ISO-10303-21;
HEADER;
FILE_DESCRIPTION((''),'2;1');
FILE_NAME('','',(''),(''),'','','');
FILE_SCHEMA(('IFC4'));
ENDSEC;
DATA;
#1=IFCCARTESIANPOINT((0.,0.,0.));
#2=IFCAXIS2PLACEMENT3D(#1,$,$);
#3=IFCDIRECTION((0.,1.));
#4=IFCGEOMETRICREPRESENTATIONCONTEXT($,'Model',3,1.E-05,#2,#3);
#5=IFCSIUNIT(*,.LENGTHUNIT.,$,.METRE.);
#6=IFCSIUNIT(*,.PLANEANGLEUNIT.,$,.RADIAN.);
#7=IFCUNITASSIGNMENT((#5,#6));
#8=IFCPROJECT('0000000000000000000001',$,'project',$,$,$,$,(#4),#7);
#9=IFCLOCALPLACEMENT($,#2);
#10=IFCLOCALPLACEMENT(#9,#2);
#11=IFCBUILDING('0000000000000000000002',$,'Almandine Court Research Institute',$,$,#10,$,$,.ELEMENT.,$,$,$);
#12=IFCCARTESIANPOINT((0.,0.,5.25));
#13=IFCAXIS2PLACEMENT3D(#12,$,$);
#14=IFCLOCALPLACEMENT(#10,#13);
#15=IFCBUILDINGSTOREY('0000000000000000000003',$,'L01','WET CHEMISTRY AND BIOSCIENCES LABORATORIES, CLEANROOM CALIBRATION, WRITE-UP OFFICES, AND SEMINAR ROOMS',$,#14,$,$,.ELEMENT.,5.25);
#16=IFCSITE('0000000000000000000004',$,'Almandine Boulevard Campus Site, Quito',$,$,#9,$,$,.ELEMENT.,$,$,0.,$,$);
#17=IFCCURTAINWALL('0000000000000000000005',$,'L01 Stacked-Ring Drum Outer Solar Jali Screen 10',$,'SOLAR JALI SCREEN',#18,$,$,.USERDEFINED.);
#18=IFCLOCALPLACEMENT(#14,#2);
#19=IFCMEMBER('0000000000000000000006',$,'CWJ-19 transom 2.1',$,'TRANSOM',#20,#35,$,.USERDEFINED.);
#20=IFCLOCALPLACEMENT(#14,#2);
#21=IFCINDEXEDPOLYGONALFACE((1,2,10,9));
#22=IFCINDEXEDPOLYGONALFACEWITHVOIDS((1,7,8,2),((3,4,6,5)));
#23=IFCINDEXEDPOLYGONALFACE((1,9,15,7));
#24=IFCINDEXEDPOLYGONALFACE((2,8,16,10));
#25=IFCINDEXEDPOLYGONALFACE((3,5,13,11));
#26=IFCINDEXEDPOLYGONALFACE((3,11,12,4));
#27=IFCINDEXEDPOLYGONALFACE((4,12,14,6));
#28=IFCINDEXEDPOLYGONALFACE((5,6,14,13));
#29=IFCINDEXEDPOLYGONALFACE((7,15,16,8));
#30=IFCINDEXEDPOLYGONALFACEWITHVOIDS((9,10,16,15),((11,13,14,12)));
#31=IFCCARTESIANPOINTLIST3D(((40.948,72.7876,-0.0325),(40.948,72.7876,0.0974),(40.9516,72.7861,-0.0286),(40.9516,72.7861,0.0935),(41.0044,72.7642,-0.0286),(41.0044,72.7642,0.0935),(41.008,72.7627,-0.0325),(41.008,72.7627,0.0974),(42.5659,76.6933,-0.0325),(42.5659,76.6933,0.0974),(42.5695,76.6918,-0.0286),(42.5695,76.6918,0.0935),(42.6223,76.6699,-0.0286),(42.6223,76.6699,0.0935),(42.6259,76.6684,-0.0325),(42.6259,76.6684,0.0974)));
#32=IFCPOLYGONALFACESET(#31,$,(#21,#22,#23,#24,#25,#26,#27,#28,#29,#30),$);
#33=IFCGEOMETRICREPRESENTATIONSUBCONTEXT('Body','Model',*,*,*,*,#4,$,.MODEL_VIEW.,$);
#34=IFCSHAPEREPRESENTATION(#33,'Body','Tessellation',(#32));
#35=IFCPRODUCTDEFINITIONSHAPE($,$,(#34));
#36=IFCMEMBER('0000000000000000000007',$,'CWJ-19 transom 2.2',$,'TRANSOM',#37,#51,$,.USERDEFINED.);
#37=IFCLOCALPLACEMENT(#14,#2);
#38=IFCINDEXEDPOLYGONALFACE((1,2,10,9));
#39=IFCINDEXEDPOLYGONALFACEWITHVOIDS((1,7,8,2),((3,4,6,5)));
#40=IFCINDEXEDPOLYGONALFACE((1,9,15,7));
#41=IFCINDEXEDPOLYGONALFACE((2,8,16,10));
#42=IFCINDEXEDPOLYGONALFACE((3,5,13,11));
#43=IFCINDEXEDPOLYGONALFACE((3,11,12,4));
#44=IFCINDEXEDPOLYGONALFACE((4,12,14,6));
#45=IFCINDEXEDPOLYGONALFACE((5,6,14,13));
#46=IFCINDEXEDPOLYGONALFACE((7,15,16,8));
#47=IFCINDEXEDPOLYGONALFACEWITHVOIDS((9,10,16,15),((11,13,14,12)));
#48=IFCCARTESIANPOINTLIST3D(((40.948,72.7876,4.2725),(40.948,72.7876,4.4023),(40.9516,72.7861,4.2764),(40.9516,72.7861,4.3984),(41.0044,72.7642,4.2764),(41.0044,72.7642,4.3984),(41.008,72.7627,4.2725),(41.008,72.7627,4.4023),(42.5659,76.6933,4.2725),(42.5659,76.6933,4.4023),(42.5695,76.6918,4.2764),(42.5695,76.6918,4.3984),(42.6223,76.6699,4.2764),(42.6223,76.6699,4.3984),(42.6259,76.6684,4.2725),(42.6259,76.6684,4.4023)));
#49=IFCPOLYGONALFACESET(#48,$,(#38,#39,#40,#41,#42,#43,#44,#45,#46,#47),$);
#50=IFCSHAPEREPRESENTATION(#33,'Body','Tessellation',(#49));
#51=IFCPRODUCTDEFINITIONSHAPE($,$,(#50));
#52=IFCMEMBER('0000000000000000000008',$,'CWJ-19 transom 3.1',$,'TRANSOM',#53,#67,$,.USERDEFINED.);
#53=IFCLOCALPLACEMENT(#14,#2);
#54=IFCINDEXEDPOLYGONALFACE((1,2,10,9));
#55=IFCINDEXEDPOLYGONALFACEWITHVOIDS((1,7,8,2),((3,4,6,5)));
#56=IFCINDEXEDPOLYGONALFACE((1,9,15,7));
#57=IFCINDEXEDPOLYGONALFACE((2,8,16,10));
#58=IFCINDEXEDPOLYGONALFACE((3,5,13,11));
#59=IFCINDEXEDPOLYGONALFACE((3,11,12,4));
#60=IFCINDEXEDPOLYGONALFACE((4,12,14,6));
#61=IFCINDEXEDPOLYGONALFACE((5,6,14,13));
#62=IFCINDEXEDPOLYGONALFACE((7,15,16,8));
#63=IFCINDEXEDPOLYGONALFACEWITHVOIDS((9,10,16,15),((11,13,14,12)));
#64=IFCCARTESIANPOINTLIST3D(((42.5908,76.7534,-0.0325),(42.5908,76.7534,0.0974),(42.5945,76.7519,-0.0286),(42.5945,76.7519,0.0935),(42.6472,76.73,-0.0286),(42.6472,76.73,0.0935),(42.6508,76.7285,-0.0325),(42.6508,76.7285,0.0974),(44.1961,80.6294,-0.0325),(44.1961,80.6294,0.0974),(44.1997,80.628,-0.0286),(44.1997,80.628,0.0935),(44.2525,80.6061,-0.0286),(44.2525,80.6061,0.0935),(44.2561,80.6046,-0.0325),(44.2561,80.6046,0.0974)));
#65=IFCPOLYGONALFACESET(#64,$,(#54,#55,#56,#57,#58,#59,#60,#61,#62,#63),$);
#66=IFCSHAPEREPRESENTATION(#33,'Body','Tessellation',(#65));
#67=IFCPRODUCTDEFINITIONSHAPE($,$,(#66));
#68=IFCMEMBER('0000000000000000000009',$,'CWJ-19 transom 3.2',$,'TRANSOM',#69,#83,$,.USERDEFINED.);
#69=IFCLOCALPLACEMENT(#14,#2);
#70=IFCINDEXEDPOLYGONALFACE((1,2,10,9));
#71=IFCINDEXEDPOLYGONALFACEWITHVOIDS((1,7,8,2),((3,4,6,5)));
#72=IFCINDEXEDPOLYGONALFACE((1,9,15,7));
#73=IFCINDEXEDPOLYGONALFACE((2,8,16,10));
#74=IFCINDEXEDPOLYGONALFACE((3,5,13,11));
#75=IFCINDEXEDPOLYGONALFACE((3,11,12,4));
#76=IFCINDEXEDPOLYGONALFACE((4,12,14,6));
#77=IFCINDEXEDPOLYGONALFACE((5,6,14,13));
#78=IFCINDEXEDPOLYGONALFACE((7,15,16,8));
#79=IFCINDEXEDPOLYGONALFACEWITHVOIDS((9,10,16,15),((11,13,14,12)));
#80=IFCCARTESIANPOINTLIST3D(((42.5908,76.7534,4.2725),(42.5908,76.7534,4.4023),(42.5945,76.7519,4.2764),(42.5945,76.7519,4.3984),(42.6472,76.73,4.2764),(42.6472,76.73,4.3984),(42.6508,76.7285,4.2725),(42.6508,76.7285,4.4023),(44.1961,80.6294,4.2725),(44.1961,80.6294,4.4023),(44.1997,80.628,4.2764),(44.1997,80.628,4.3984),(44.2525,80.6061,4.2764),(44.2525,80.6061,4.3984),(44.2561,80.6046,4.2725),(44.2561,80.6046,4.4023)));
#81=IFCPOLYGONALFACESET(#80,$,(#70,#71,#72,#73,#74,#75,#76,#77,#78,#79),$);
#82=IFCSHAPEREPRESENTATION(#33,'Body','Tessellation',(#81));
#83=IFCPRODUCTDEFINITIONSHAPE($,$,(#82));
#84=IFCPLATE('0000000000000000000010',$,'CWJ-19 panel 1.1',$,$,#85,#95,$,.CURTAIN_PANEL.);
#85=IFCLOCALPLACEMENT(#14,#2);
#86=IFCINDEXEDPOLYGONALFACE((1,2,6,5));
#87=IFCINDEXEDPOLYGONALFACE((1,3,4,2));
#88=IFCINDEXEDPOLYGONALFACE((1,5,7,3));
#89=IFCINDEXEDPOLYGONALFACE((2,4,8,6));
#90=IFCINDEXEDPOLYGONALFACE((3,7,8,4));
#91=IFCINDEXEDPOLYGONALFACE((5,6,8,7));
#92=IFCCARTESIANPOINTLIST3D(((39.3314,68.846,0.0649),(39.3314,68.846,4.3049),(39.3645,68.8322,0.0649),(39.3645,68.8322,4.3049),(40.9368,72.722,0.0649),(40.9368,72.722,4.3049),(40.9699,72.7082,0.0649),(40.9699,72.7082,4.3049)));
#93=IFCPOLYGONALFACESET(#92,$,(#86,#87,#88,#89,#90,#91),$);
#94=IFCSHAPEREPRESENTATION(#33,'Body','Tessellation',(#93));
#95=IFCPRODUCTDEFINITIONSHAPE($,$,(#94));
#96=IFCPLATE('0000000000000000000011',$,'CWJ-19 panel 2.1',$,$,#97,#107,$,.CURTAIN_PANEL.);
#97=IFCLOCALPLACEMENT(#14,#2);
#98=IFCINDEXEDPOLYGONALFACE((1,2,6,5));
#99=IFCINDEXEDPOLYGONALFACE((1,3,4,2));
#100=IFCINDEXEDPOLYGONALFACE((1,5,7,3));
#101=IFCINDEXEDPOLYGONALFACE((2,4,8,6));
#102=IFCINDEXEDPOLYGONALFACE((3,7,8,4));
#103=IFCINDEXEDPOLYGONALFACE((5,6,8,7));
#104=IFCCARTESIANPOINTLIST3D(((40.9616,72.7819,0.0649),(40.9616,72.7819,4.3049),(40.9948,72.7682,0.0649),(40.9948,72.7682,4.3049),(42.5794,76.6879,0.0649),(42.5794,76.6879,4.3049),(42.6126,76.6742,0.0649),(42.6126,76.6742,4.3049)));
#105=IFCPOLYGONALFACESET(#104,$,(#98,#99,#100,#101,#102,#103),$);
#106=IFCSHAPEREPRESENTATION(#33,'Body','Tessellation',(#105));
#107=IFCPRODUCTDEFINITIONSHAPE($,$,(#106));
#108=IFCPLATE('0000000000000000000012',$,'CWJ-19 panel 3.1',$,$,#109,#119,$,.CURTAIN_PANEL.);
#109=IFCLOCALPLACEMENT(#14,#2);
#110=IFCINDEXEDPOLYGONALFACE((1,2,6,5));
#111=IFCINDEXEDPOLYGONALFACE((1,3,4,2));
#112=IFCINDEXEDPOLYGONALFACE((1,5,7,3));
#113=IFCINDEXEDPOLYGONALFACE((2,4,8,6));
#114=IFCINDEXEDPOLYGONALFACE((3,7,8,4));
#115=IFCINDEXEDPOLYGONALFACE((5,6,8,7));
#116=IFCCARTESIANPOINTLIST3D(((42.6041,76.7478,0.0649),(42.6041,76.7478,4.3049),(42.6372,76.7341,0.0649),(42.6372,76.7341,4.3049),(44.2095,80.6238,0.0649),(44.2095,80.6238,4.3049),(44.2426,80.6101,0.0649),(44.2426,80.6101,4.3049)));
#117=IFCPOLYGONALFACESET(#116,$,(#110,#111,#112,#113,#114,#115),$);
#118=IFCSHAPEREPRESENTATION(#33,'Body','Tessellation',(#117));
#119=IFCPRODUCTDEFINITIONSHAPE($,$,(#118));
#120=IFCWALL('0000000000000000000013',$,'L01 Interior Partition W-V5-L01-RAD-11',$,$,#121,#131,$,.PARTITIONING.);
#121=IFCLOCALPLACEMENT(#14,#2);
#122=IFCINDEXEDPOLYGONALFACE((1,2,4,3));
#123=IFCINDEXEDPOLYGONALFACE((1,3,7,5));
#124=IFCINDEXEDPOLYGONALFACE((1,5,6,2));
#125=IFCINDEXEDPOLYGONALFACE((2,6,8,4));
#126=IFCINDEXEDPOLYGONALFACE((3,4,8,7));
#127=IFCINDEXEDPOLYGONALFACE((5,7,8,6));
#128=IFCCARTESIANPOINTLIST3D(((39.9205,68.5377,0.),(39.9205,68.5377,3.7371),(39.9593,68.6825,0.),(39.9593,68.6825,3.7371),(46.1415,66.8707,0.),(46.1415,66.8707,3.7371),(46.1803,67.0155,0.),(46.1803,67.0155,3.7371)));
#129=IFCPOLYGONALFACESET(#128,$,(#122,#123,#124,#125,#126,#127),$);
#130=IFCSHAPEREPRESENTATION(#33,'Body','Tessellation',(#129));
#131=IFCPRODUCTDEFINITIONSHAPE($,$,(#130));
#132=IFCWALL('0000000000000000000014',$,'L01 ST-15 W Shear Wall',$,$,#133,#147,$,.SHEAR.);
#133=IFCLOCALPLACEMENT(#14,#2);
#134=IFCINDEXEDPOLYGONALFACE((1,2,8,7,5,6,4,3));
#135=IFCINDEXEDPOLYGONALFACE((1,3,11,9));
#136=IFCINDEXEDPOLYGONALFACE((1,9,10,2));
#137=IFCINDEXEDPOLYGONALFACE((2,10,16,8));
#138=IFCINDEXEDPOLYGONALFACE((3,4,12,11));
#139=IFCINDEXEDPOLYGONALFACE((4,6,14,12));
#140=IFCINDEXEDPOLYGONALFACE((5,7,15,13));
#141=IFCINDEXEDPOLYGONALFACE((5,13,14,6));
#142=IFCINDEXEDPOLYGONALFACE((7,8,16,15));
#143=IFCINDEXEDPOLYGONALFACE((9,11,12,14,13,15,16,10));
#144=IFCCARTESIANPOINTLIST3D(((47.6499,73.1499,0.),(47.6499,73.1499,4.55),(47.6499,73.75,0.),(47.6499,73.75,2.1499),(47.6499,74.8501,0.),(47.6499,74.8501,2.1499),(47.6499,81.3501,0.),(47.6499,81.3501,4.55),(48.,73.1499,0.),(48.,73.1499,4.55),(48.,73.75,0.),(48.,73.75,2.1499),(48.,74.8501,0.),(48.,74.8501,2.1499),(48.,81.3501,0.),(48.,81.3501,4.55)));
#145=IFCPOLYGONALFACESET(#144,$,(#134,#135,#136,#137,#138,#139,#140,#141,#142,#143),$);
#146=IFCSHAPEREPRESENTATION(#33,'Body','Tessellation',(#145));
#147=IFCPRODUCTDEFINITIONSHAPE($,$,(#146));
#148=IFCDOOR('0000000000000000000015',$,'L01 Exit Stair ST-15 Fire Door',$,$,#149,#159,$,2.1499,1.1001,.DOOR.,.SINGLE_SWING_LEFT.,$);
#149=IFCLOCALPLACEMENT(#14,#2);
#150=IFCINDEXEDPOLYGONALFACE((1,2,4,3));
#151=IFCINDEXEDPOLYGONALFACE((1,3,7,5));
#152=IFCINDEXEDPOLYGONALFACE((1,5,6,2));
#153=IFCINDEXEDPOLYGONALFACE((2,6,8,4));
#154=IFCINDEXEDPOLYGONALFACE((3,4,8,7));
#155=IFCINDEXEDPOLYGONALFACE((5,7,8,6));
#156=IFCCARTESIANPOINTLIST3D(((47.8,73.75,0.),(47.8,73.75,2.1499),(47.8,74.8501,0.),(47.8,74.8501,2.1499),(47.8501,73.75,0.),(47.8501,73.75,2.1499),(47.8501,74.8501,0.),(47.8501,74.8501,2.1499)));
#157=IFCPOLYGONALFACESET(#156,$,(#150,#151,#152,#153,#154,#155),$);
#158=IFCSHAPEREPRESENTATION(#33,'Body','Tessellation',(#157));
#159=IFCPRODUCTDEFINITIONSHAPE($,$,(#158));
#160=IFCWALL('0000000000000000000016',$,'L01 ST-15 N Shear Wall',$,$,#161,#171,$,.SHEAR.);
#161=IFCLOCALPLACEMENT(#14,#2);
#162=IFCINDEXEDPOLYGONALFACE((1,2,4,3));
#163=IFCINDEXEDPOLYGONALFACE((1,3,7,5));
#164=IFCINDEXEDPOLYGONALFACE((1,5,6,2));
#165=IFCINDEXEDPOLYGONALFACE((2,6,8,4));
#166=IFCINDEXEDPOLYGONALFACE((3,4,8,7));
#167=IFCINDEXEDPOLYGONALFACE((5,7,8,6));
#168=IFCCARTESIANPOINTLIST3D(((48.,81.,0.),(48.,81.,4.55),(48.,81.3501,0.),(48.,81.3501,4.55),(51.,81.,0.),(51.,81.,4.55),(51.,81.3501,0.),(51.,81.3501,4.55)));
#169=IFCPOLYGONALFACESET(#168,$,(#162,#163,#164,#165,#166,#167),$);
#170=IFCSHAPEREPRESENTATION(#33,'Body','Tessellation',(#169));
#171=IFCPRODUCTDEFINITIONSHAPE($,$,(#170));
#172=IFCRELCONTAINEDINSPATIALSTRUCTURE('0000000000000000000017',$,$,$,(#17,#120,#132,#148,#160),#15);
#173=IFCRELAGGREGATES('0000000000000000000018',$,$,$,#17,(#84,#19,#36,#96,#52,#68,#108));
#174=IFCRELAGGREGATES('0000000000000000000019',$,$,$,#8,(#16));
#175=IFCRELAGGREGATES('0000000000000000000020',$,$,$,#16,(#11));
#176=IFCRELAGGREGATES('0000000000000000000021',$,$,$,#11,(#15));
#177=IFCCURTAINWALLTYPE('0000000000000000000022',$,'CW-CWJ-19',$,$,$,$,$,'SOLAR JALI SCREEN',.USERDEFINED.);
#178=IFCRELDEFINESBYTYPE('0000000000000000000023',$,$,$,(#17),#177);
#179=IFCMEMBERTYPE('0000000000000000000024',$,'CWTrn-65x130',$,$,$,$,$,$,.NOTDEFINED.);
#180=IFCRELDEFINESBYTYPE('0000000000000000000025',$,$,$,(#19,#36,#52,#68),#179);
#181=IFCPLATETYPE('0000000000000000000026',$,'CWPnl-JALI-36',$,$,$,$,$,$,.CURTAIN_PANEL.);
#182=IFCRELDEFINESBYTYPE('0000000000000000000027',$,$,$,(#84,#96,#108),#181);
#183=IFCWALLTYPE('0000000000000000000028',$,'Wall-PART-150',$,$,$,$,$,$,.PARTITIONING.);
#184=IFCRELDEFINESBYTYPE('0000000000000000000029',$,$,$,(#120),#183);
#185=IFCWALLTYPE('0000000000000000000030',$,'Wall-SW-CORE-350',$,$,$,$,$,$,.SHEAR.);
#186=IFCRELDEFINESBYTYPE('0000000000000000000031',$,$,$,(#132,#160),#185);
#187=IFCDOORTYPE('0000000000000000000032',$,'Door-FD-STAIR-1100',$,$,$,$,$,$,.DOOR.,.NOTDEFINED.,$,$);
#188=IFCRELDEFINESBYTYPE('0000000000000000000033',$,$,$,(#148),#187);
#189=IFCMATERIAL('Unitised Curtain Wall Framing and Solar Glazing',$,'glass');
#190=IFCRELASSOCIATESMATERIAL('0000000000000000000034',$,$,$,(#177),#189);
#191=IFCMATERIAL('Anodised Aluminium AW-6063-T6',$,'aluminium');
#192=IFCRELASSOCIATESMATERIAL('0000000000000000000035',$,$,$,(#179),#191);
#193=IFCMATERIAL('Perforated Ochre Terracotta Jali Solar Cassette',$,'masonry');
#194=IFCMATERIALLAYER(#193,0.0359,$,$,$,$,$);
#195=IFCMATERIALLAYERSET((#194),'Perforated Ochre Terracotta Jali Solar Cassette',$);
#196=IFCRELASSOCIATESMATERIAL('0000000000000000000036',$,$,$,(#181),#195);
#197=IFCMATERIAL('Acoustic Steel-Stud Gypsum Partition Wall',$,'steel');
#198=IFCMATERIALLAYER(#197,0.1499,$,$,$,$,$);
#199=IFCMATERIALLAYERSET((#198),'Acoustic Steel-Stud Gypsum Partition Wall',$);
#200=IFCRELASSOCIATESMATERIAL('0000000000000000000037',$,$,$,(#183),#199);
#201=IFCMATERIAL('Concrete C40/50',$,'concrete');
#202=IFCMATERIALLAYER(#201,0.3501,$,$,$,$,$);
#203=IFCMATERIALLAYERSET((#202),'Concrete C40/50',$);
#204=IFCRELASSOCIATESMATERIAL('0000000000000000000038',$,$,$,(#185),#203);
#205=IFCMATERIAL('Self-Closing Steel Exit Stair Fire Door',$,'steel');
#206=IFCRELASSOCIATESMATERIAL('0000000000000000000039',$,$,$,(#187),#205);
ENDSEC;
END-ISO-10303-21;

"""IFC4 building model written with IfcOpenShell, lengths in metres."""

from ifc_helpers import new_model, si_unit, direction, frame, frame_2d, origin, origin_2d, place, context, subcontext, project, spatial, rectangle, hollow_rectangle, extrude, material, layer, layer_set, material_profile, profile_set, type_object, element, fill, aggregate, save


model = new_model("IFC4")

# Units and contexts
model_context = context("Model", 3, precision=1e-05, world=origin(), true_north=direction((0.0, 1.0)))
body_context = subcontext(model_context, "Body", "Model", "MODEL_VIEW")
ifc_project = project(units=[si_unit("LENGTHUNIT", "METRE"), si_unit("PLANEANGLEUNIT", "RADIAN")], contexts=[model_context])

# Site, building, storey
site_placement = place(None, origin())
site = spatial("IfcSite", under=ifc_project, at=site_placement, Name="Almandine Boulevard Campus Site, Quito", CompositionType="ELEMENT", RefElevation=0.0)
building_placement = place(site_placement, origin())
building = spatial("IfcBuilding", under=site, at=building_placement, Name="Almandine Court Research Institute", CompositionType="ELEMENT")
storey_placement = place(building_placement, frame((0.0, 0.0, 5.25)))
storey = spatial("IfcBuildingStorey", under=building, at=storey_placement, Name="L01", Description="WET CHEMISTRY AND BIOSCIENCES LABORATORIES, CLEANROOM CALIBRATION, WRITE-UP OFFICES, AND SEMINAR ROOMS", CompositionType="ELEMENT", Elevation=5.25)

# Shared definitions
ifc_material_1 = material(Name="Unitised Curtain Wall Framing and Solar Glazing", Category="glass")
curtain_wall_type = type_object("IfcCurtainWallType", Name="CW-CWJ-19", ElementType="SOLAR JALI SCREEN", PredefinedType="USERDEFINED", material=ifc_material_1)
ifc_material_2 = material(Name="Anodised Aluminium AW-6063-T6", Category="aluminium")

# Curtain wall
curtain_wall_1_placement = place(storey_placement, origin())
curtain_wall_1 = element("IfcCurtainWall", 1, at=curtain_wall_1_placement, inside=storey, type_object=curtain_wall_type, Name="L01 Stacked-Ring Drum Outer Solar Jali Screen 10", ObjectType="SOLAR JALI SCREEN", PredefinedType="USERDEFINED")

# Members
ifc_material_profile_1 = material_profile(ifc_material_2, hollow_rectangle(XDim=0.0649, YDim=0.1299, WallThickness=0.0039, at=origin_2d()), Name="ALU RHS 65x130x4")
ifc_profile_set_1 = profile_set([ifc_material_profile_1], Name="Anodised Aluminium AW-6063-T6")
member_type_1 = type_object("IfcMemberType", Name="CWTrn-65x130", PredefinedType="NOTDEFINED", material=ifc_profile_set_1)
member_1_placement = place(storey_placement, frame((40.978, 72.7751, 0.0325), z_axis=(0.382704, 0.923871, 0.0), x_axis=(-0.923871, 0.382704, 0.0)))
member_1 = element("IfcMember", 2, at=member_1_placement, type_object=member_type_1, Name="CWJ-19 transom 2.1", ObjectType="TRANSOM", PredefinedType="USERDEFINED", context=body_context, shape_type="SweptSolid", body=[
    extrude(hollow_rectangle(XDim=0.0649, YDim=0.1299, WallThickness=0.0039, at=origin_2d()), origin(), (0.0, 0.0, 1.0), 4.2275),
])
member_2_placement = place(storey_placement, frame((40.978, 72.7751, 4.3374), z_axis=(0.382704, 0.923871, 0.0), x_axis=(-0.923871, 0.382704, 0.0)))
member_2 = element("IfcMember", 3, at=member_2_placement, type_object=member_type_1, Name="CWJ-19 transom 2.2", ObjectType="TRANSOM", PredefinedType="USERDEFINED", context=body_context, shape_type="SweptSolid", body=[
    extrude(hollow_rectangle(XDim=0.0649, YDim=0.1299, WallThickness=0.0039, at=origin_2d()), origin(), (0.0, 0.0, 1.0), 4.2275),
])
member_3_placement = place(storey_placement, frame((42.6208, 76.741, 0.0325), z_axis=(0.382631, 0.923901, 0.0), x_axis=(-0.923901, 0.382631, 0.0)))
member_3 = element("IfcMember", 4, at=member_3_placement, type_object=member_type_1, Name="CWJ-19 transom 3.1", ObjectType="TRANSOM", PredefinedType="USERDEFINED", context=body_context, shape_type="SweptSolid", body=[
    extrude(hollow_rectangle(XDim=0.0649, YDim=0.1299, WallThickness=0.0039, at=origin_2d()), origin(), (0.0, 0.0, 1.0), 4.1953),
])
member_4_placement = place(storey_placement, frame((42.6208, 76.741, 4.3374), z_axis=(0.382631, 0.923901, 0.0), x_axis=(-0.923901, 0.382631, 0.0)))
member_4 = element("IfcMember", 5, at=member_4_placement, type_object=member_type_1, Name="CWJ-19 transom 3.2", ObjectType="TRANSOM", PredefinedType="USERDEFINED", context=body_context, shape_type="SweptSolid", body=[
    extrude(hollow_rectangle(XDim=0.0649, YDim=0.1299, WallThickness=0.0039, at=origin_2d()), origin(), (0.0, 0.0, 1.0), 4.1953),
])

# Plates
ifc_material_3 = material(Name="Perforated Ochre Terracotta Jali Solar Cassette", Category="masonry")
ifc_layer_1 = layer(ifc_material_3, 0.0359)
ifc_layer_set_1 = layer_set([ifc_layer_1], Name="Perforated Ochre Terracotta Jali Solar Cassette")
plate_type = type_object("IfcPlateType", Name="CWPnl-JALI-36", PredefinedType="CURTAIN_PANEL", material=ifc_layer_set_1)
plate_1_placement = place(storey_placement, frame((40.1506, 70.7771, 0.0649), z_axis=(0.0, 0.0, 1.0), x_axis=(0.382663, 0.923888, 0.0)))
plate_1 = element("IfcPlate", 6, at=plate_1_placement, type_object=plate_type, Name="CWJ-19 panel 1.1", PredefinedType="CURTAIN_PANEL", context=body_context, shape_type="SweptSolid", body=[
    extrude(rectangle(XDim=4.1953, YDim=0.0359, at=origin_2d()), origin(), (0.0, 0.0, 1.0), 4.24),
])
plate_2_placement = place(storey_placement, frame((41.7871, 74.728, 0.0649), z_axis=(0.0, 0.0, 1.0), x_axis=(0.382663, 0.923888, 0.0)))
plate_2 = element("IfcPlate", 7, at=plate_2_placement, type_object=plate_type, Name="CWJ-19 panel 2.1", PredefinedType="CURTAIN_PANEL", context=body_context, shape_type="SweptSolid", body=[
    extrude(rectangle(XDim=4.2278, YDim=0.0359, at=origin_2d()), origin(), (0.0, 0.0, 1.0), 4.24),
])
plate_3_placement = place(storey_placement, frame((43.4233, 78.679, 0.0649), z_axis=(0.0, 0.0, 1.0), x_axis=(0.382663, 0.923888, 0.0)))
plate_3 = element("IfcPlate", 8, at=plate_3_placement, type_object=plate_type, Name="CWJ-19 panel 3.1", PredefinedType="CURTAIN_PANEL", context=body_context, shape_type="SweptSolid", body=[
    extrude(rectangle(XDim=4.1953, YDim=0.0359, at=origin_2d()), origin(), (0.0, 0.0, 1.0), 4.24),
])
aggregate(curtain_wall_1, [plate_1, member_1, member_2, plate_2, member_3, member_4, plate_3])

# Wall
ifc_material_4 = material(Name="Acoustic Steel-Stud Gypsum Partition Wall", Category="steel")
ifc_layer_2 = layer(ifc_material_4, 0.1499)
ifc_layer_set_2 = layer_set([ifc_layer_2], Name="Acoustic Steel-Stud Gypsum Partition Wall")
wall_type_1 = type_object("IfcWallType", Name="Wall-PART-150", PredefinedType="PARTITIONING", material=ifc_layer_set_2)
wall_1_placement = place(storey_placement, frame((46.1609, 66.9431, 0.0), z_axis=(0.0, 0.0, 1.0), x_axis=(-0.965922, 0.258833, 0.0)))
element("IfcWall", 9, at=wall_1_placement, inside=storey, type_object=wall_type_1, Name="L01 Interior Partition W-V5-L01-RAD-11", PredefinedType="PARTITIONING", context=body_context, shape_type="SweptSolid", body=[
    extrude(rectangle(XDim=6.4404, YDim=0.1499, at=frame_2d((3.2202, 0.0))), origin(), (0.0, 0.0, 1.0), 3.7371),
])

# Wall, opening, door
ifc_material_5 = material(Name="Concrete C40/50", Category="concrete")
ifc_layer_3 = layer(ifc_material_5, 0.3501)
ifc_layer_set_3 = layer_set([ifc_layer_3], Name="Concrete C40/50")
wall_type_2 = type_object("IfcWallType", Name="Wall-SW-CORE-350", PredefinedType="SHEAR", material=ifc_layer_set_3)
wall_2_placement = place(storey_placement, frame((47.825, 73.1499, 0.0), z_axis=(0.0, 0.0, 1.0), x_axis=(0.0, 1.0, 0.0)))
wall_2 = element("IfcWall", 10, at=wall_2_placement, inside=storey, type_object=wall_type_2, Name="L01 ST-15 W Shear Wall", PredefinedType="SHEAR", context=body_context, shape_type="SweptSolid", body=[
    extrude(rectangle(XDim=8.2002, YDim=0.3501, at=frame_2d((4.1001, 0.0))), origin(), (0.0, 0.0, 1.0), 4.55),
])
opening_placement = place(wall_2_placement, frame((0.6001, 0.0, 0.0)))
opening = element("IfcOpeningElement", 11, at=opening_placement, cuts=wall_2, PredefinedType="OPENING", context=body_context, shape_type="SweptSolid", body=[
    extrude(rectangle(XDim=1.1001, YDim=2.1499, at=frame_2d((0.55, 1.075))), frame((0.0, 0.1851, 0.0), z_axis=(0.0, -1.0, 0.0), x_axis=(1.0, 0.0, 0.0)), (0.0, 0.0, 1.0), 0.3701),
])
ifc_material_6 = material(Name="Self-Closing Steel Exit Stair Fire Door", Category="steel")
door_type = type_object("IfcDoorType", Name="Door-FD-STAIR-1100", OperationType="NOTDEFINED", PredefinedType="DOOR", material=ifc_material_6)
door_placement = place(opening_placement, origin())
door = element("IfcDoor", 12, at=door_placement, inside=storey, type_object=door_type, Name="L01 Exit Stair ST-15 Fire Door", OperationType="SINGLE_SWING_LEFT", OverallHeight=2.1499, OverallWidth=1.1001, PredefinedType="DOOR", context=body_context, shape_type="SweptSolid", body=[
    extrude(rectangle(XDim=1.1001, YDim=2.1499, at=frame_2d((0.55, 1.075))), frame((0.0, 0.0249, 0.0), z_axis=(0.0, -1.0, 0.0), x_axis=(1.0, 0.0, 0.0)), (0.0, 0.0, 1.0), 0.05),
])
fill(opening, door)

# Wall
wall_3_placement = place(storey_placement, frame((48.0, 81.175, 0.0), z_axis=(0.0, 0.0, 1.0), x_axis=(1.0, 0.0, 0.0)))
element("IfcWall", 13, at=wall_3_placement, inside=storey, type_object=wall_type_2, Name="L01 ST-15 N Shear Wall", PredefinedType="SHEAR", context=body_context, shape_type="SweptSolid", body=[
    extrude(rectangle(XDim=3.0, YDim=0.3501, at=frame_2d((1.5, 0.0))), origin(), (0.0, 0.0, 1.0), 4.55),
])

save(model, "model.ifc")
